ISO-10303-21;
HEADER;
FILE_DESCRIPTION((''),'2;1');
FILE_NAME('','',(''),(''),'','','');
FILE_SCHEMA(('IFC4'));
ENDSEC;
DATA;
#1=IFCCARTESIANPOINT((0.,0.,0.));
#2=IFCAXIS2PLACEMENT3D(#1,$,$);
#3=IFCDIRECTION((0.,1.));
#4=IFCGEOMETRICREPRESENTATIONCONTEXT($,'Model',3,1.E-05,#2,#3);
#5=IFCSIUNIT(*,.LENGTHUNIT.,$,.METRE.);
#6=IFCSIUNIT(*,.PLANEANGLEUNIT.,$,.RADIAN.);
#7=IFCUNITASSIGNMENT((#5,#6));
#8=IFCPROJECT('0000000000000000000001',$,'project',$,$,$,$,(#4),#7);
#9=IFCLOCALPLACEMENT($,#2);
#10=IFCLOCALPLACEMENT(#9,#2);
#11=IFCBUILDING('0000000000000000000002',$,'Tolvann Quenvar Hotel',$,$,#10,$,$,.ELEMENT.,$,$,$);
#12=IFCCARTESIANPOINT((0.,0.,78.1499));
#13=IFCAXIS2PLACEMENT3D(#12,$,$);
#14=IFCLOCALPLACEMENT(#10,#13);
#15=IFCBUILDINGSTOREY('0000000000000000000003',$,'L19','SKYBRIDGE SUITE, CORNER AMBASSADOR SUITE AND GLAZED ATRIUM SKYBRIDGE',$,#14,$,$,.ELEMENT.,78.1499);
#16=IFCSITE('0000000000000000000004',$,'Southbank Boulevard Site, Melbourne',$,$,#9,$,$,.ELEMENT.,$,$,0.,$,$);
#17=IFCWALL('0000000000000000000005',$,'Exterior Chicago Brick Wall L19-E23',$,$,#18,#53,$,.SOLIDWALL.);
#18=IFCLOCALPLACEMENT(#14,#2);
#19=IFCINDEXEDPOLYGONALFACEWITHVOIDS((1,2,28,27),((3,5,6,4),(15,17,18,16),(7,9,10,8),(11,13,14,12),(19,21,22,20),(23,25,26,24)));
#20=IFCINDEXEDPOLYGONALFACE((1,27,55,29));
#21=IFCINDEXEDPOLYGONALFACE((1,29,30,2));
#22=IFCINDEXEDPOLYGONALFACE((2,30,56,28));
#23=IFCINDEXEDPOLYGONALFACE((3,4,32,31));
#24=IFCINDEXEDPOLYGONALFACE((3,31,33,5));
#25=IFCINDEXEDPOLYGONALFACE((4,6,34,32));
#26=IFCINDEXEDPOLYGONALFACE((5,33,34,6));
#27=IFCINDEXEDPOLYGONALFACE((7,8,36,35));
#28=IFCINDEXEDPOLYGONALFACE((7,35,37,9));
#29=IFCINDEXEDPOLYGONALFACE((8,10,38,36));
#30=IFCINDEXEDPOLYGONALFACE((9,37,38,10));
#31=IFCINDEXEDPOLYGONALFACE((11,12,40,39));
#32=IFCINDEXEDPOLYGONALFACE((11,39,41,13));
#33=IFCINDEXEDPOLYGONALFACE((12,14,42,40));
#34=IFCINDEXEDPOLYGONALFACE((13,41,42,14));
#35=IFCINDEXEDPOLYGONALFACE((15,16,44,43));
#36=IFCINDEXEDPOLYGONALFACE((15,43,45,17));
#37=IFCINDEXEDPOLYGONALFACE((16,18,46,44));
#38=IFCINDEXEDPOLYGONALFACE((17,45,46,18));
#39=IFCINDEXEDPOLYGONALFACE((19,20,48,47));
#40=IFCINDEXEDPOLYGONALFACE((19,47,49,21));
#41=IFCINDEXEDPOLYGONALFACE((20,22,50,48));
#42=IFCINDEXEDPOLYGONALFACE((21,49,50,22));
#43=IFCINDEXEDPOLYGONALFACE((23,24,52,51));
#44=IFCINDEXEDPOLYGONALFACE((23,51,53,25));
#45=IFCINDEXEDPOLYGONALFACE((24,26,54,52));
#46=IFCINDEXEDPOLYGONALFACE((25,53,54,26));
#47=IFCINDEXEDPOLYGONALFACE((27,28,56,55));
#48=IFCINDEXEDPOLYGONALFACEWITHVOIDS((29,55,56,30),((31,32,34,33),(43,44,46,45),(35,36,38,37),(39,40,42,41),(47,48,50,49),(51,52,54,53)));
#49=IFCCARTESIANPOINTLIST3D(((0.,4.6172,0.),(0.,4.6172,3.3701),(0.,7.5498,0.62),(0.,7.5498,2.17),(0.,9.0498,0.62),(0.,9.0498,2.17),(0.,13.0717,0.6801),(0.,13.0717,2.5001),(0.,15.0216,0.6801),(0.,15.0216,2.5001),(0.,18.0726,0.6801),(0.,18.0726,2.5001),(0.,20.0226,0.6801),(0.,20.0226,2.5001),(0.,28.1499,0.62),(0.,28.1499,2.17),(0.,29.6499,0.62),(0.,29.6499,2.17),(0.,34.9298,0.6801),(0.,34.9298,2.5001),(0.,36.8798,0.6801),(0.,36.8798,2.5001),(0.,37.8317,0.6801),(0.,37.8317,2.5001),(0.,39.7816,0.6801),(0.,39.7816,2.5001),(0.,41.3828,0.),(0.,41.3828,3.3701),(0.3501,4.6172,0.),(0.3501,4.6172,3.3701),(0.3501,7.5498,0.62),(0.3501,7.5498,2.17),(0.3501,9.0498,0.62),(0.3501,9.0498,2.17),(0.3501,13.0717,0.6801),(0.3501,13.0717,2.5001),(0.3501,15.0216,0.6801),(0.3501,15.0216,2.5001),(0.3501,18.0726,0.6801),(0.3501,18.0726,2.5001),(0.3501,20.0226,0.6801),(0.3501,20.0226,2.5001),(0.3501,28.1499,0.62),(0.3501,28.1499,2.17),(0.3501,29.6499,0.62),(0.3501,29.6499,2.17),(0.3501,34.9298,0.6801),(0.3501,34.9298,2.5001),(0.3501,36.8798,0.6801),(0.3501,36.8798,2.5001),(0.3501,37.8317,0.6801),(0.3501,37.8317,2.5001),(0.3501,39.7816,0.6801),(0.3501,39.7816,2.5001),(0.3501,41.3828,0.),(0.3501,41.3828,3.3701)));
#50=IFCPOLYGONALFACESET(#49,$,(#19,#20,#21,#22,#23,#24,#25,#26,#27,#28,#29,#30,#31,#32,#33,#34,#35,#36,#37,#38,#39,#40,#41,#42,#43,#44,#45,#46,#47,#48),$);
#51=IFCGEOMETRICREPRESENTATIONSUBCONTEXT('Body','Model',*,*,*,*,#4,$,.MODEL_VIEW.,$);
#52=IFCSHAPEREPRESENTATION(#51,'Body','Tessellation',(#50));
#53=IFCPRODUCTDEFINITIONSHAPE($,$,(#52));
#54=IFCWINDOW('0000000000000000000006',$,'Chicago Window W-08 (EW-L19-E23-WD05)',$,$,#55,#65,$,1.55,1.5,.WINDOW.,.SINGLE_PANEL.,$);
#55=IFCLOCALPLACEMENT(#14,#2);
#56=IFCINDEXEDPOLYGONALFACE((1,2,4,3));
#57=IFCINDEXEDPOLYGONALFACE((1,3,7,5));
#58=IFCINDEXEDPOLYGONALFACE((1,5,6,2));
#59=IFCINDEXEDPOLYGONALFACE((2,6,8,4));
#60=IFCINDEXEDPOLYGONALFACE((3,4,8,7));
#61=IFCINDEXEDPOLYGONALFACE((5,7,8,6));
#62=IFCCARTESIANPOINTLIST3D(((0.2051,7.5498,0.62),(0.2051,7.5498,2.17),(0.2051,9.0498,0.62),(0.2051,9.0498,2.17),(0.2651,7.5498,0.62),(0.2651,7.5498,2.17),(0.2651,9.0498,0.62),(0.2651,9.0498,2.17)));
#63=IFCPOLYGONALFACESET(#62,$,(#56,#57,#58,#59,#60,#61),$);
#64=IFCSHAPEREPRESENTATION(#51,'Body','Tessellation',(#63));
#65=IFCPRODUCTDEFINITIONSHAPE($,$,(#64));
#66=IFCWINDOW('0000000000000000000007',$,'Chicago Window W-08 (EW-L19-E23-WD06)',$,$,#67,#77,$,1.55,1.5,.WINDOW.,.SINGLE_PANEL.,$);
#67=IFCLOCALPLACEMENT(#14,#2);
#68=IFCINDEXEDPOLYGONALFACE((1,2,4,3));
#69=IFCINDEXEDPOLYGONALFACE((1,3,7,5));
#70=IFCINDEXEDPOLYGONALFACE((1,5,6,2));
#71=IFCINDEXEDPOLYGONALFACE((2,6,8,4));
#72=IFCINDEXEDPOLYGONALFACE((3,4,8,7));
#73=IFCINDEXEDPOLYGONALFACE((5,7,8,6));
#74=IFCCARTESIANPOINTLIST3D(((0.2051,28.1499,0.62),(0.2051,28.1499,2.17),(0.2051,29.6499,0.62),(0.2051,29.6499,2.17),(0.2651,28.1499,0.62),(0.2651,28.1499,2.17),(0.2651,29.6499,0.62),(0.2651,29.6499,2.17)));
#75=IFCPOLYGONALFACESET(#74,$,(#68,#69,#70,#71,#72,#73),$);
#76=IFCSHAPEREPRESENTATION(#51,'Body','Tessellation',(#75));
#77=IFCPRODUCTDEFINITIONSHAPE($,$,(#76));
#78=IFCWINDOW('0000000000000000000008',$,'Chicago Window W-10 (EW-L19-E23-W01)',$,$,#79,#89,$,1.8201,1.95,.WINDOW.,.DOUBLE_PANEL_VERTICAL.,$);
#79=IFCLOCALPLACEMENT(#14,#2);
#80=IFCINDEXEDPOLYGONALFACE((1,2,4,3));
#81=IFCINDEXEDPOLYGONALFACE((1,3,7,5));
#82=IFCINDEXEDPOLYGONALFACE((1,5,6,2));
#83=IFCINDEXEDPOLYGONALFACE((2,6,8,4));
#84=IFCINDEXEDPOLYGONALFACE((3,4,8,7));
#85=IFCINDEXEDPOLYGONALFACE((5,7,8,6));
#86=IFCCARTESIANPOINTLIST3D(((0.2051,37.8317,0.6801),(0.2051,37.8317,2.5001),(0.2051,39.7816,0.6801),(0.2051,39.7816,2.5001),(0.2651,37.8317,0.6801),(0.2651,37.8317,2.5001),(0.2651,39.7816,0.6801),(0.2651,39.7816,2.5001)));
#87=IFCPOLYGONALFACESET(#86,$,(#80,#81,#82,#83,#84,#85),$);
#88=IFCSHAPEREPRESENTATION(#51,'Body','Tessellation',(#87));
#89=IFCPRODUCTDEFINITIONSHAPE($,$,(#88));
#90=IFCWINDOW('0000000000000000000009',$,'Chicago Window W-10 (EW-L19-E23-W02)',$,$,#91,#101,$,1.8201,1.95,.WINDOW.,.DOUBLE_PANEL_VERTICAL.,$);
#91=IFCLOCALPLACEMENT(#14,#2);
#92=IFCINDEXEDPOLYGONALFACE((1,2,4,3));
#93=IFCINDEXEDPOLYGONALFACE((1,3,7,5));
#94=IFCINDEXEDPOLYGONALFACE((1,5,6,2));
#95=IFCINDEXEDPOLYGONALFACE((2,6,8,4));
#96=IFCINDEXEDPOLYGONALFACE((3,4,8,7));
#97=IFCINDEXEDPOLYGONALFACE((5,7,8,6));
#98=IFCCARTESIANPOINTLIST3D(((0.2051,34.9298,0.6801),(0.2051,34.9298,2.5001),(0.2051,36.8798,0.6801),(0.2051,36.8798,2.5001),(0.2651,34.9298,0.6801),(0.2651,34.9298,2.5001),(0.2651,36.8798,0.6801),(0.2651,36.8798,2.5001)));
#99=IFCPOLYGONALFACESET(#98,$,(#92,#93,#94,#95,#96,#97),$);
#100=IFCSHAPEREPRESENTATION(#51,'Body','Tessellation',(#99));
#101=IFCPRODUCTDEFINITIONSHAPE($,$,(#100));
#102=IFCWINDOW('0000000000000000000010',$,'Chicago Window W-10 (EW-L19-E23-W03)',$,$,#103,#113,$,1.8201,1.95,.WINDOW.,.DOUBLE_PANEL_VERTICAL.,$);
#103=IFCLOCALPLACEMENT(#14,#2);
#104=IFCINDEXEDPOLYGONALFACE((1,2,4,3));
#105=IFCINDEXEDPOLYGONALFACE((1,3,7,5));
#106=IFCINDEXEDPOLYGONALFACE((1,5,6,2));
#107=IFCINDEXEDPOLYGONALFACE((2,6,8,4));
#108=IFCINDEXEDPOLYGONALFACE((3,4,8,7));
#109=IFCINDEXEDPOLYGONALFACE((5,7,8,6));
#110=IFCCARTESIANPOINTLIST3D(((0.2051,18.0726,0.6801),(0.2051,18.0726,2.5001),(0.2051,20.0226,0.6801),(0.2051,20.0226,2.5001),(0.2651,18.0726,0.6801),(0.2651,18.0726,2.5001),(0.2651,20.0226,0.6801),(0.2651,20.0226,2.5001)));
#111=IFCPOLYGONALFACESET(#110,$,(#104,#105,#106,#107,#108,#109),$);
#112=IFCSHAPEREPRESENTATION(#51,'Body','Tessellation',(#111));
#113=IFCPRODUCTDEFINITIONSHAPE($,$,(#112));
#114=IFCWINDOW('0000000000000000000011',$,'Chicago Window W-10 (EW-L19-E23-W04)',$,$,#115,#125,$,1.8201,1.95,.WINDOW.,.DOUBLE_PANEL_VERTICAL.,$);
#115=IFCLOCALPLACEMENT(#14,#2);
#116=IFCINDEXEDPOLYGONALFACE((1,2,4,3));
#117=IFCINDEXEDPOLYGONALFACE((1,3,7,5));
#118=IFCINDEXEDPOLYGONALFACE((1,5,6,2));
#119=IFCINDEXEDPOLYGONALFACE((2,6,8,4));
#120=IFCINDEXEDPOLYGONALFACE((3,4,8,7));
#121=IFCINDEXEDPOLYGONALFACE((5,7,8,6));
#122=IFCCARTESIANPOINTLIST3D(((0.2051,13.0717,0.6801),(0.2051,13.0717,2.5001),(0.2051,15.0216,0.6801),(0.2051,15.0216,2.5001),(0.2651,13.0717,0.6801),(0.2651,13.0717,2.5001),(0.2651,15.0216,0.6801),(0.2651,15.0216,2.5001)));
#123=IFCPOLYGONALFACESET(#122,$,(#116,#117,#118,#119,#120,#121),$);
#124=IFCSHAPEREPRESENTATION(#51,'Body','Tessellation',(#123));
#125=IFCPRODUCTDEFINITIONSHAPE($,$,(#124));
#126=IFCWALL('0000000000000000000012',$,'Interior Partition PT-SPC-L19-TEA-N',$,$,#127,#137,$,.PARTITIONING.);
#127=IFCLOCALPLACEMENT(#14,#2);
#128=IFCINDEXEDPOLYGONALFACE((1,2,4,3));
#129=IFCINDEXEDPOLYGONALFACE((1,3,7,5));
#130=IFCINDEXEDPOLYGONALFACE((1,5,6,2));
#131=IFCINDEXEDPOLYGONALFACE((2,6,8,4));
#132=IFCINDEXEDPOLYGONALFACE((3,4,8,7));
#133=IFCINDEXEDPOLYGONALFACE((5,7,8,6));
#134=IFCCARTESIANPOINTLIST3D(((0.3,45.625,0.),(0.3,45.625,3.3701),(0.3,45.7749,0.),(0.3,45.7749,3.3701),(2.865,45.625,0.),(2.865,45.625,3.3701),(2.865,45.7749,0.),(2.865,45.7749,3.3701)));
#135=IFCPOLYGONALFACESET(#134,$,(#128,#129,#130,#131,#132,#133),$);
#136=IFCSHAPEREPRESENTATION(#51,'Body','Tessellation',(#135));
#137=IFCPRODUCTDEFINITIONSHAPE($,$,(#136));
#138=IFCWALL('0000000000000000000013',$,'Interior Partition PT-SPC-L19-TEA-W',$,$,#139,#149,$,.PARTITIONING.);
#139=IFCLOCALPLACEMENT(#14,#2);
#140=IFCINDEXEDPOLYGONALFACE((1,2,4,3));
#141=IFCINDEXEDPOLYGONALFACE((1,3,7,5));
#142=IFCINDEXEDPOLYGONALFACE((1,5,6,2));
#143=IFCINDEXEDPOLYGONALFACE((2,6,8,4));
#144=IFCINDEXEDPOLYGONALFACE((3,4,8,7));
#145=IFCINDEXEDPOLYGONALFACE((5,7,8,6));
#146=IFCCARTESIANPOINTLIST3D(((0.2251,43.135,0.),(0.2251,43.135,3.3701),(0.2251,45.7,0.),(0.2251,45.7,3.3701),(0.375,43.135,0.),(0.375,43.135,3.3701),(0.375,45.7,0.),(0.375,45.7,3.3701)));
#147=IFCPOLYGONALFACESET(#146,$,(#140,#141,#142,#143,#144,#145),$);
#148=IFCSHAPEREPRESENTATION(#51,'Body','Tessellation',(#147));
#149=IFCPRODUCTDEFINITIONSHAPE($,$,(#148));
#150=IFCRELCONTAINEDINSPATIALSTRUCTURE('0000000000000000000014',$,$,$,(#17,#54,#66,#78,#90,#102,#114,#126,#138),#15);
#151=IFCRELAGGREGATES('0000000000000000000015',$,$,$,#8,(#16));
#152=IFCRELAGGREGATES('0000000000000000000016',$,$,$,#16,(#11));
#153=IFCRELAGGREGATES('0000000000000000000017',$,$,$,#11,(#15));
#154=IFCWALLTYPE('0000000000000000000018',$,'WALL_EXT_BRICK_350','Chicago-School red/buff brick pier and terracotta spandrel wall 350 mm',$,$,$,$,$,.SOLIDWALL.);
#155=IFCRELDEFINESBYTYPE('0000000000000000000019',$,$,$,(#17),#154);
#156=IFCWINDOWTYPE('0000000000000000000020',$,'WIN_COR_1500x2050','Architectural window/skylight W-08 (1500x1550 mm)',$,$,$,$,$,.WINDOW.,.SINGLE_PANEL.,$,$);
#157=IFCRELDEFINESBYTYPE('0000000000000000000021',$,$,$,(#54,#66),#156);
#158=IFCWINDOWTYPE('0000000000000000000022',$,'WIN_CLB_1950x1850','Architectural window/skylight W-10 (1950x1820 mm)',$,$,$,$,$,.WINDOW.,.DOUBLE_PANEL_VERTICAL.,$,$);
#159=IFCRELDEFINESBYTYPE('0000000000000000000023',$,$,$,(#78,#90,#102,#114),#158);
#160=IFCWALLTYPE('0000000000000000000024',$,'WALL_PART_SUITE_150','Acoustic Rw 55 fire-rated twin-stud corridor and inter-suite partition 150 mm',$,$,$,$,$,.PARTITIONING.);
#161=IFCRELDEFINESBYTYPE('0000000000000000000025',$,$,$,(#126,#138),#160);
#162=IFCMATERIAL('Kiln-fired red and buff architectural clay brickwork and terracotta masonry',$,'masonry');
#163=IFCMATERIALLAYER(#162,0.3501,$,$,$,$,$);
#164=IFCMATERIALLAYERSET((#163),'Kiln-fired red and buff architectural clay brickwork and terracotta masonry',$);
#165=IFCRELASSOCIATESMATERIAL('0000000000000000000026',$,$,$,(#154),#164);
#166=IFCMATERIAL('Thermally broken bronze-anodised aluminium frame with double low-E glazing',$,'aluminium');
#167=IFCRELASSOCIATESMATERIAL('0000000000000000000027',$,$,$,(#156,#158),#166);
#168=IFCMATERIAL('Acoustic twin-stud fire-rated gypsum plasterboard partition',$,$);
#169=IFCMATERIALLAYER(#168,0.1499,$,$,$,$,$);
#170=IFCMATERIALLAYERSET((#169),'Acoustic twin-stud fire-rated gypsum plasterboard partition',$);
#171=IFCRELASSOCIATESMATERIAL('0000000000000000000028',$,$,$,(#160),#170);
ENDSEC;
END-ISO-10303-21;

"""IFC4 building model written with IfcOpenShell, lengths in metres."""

from ifc_helpers import new_model, si_unit, direction, frame, frame_2d, origin, place, context, subcontext, project, spatial, rectangle, extrude, source, transform, mapped, material, layer, layer_set, type_object, type_shapes, element, fill, save


model = new_model("IFC4")

# Units and contexts
model_context = context("Model", 3, precision=1e-05, world=origin(), true_north=direction((0.0, 1.0)))
body_context = subcontext(model_context, "Body", "Model", "MODEL_VIEW")
ifc_project = project(units=[si_unit("LENGTHUNIT", "METRE"), si_unit("PLANEANGLEUNIT", "RADIAN")], contexts=[model_context])

# Site, building, storey
site_placement = place(None, origin())
site = spatial("IfcSite", under=ifc_project, at=site_placement, Name="Southbank Boulevard Site, Melbourne", CompositionType="ELEMENT", RefElevation=0.0)
building_placement = place(site_placement, origin())
building = spatial("IfcBuilding", under=site, at=building_placement, Name="Tolvann Quenvar Hotel", CompositionType="ELEMENT")
storey_placement = place(building_placement, frame((0.0, 0.0, 78.1499)))
storey = spatial("IfcBuildingStorey", under=building, at=storey_placement, Name="L19", Description="SKYBRIDGE SUITE, CORNER AMBASSADOR SUITE AND GLAZED ATRIUM SKYBRIDGE", CompositionType="ELEMENT", Elevation=78.1499)

# Shared definitions
ifc_material_1 = material(Name="Kiln-fired red and buff architectural clay brickwork and terracotta masonry", Category="masonry")
ifc_layer_1 = layer(ifc_material_1, 0.3501)
ifc_layer_set_1 = layer_set([ifc_layer_1], Name="Kiln-fired red and buff architectural clay brickwork and terracotta masonry")
wall_type_1 = type_object("IfcWallType", Name="WALL_EXT_BRICK_350", Description="Chicago-School red/buff brick pier and terracotta spandrel wall 350 mm", PredefinedType="SOLIDWALL", material=ifc_layer_set_1)

# Wall, openings, windows
wall_1_placement = place(storey_placement, frame((0.175, 41.3828, 0.0), z_axis=(0.0, 0.0, 1.0), x_axis=(0.0, -1.0, 0.0)))
wall_1 = element("IfcWall", 1, at=wall_1_placement, inside=storey, type_object=wall_type_1, Name="Exterior Chicago Brick Wall L19-E23", PredefinedType="SOLIDWALL", context=body_context, shape_type="SweptSolid", body=[
    extrude(rectangle(XDim=36.7656, YDim=0.3501, at=frame_2d((18.3828, 0.0))), origin(), (0.0, 0.0, 1.0), 3.3701),
])
opening_1_placement = place(wall_1_placement, frame((1.6011, 0.0, 0.6799)))
opening_1 = element("IfcOpeningElement", 2, at=opening_1_placement, cuts=wall_1, PredefinedType="OPENING", context=body_context, shape_type="SweptSolid", body=[
    extrude(rectangle(XDim=1.95, YDim=1.8201, at=frame_2d((0.9751, 0.9102))), frame((0.0, 0.1851, 0.0), z_axis=(0.0, -1.0, 0.0), x_axis=(1.0, 0.0, 0.0)), (0.0, 0.0, 1.0), 0.3701),
])
opening_2_placement = place(wall_1_placement, frame((4.5029, 0.0, 0.6799)))
opening_2 = element("IfcOpeningElement", 3, at=opening_2_placement, cuts=wall_1, PredefinedType="OPENING", context=body_context, shape_type="SweptSolid", body=[
    extrude(rectangle(XDim=1.95, YDim=1.8201, at=frame_2d((0.9751, 0.9102))), frame((0.0, 0.1851, 0.0), z_axis=(0.0, -1.0, 0.0), x_axis=(1.0, 0.0, 0.0)), (0.0, 0.0, 1.0), 0.3701),
])
opening_3_placement = place(wall_1_placement, frame((21.3601, 0.0, 0.6799)))
opening_3 = element("IfcOpeningElement", 4, at=opening_3_placement, cuts=wall_1, PredefinedType="OPENING", context=body_context, shape_type="SweptSolid", body=[
    extrude(rectangle(XDim=1.95, YDim=1.8201, at=frame_2d((0.9751, 0.9102))), frame((0.0, 0.1851, 0.0), z_axis=(0.0, -1.0, 0.0), x_axis=(1.0, 0.0, 0.0)), (0.0, 0.0, 1.0), 0.3701),
])
opening_4_placement = place(wall_1_placement, frame((26.3611, 0.0, 0.6799)))
opening_4 = element("IfcOpeningElement", 5, at=opening_4_placement, cuts=wall_1, PredefinedType="OPENING", context=body_context, shape_type="SweptSolid", body=[
    extrude(rectangle(XDim=1.95, YDim=1.8201, at=frame_2d((0.9751, 0.9102))), frame((0.0, 0.1851, 0.0), z_axis=(0.0, -1.0, 0.0), x_axis=(1.0, 0.0, 0.0)), (0.0, 0.0, 1.0), 0.3701),
])
opening_5_placement = place(wall_1_placement, frame((32.333, 0.0, 0.6201)))
opening_5 = element("IfcOpeningElement", 6, at=opening_5_placement, cuts=wall_1, PredefinedType="OPENING", context=body_context, shape_type="SweptSolid", body=[
    extrude(rectangle(XDim=1.5, YDim=1.55, at=frame_2d((0.75, 0.7749))), frame((0.0, 0.1851, 0.0), z_axis=(0.0, -1.0, 0.0), x_axis=(1.0, 0.0, 0.0)), (0.0, 0.0, 1.0), 0.3701),
])
opening_6_placement = place(wall_1_placement, frame((11.7329, 0.0, 0.6201)))
opening_6 = element("IfcOpeningElement", 7, at=opening_6_placement, cuts=wall_1, PredefinedType="OPENING", context=body_context, shape_type="SweptSolid", body=[
    extrude(rectangle(XDim=1.5, YDim=1.55, at=frame_2d((0.75, 0.7749))), frame((0.0, 0.1851, 0.0), z_axis=(0.0, -1.0, 0.0), x_axis=(1.0, 0.0, 0.0)), (0.0, 0.0, 1.0), 0.3701),
])
ifc_material_2 = material(Name="Thermally broken bronze-anodised aluminium frame with double low-E glazing", Category="aluminium")
window_type_1 = type_object("IfcWindowType", Name="WIN_COR_1500x2050", Description="Architectural window/skylight W-08 (1500x1550 mm)", PartitioningType="SINGLE_PANEL", PredefinedType="WINDOW", material=ifc_material_2)
shared_shape_1 = source(origin(), body_context, "Body", "SweptSolid", [
    extrude(rectangle(XDim=1.5, YDim=1.55, at=frame_2d((0.75, 0.7749))), frame((0.0, 0.0901, 0.0), z_axis=(0.0, -1.0, 0.0), x_axis=(1.0, 0.0, 0.0)), (0.0, 0.0, 1.0), 0.0601),
])
type_shapes(window_type_1, [shared_shape_1])
window_1_placement = place(opening_5_placement, origin())
window_1 = element("IfcWindow", 8, at=window_1_placement, inside=storey, type_object=window_type_1, Name="Chicago Window W-08 (EW-L19-E23-WD05)", OverallHeight=1.55, OverallWidth=1.5, PartitioningType="SINGLE_PANEL", PredefinedType="WINDOW", context=body_context, shape_type="MappedRepresentation", body=[
    mapped(shared_shape_1, transform((0.0, 0.0, 0.0), x_axis=(1.0, 0.0, 0.0), y_axis=(0.0, 1.0, 0.0), z_axis=(0.0, 0.0, 1.0), scale=1.0)),
])
fill(opening_5, window_1)
window_2_placement = place(opening_6_placement, origin())
window_2 = element("IfcWindow", 9, at=window_2_placement, inside=storey, type_object=window_type_1, Name="Chicago Window W-08 (EW-L19-E23-WD06)", OverallHeight=1.55, OverallWidth=1.5, PartitioningType="SINGLE_PANEL", PredefinedType="WINDOW", context=body_context, shape_type="MappedRepresentation", body=[
    mapped(shared_shape_1, transform((0.0, 0.0, 0.0), x_axis=(1.0, 0.0, 0.0), y_axis=(0.0, 1.0, 0.0), z_axis=(0.0, 0.0, 1.0), scale=1.0)),
])
fill(opening_6, window_2)
window_type_2 = type_object("IfcWindowType", Name="WIN_CLB_1950x1850", Description="Architectural window/skylight W-10 (1950x1820 mm)", PartitioningType="DOUBLE_PANEL_VERTICAL", PredefinedType="WINDOW", material=ifc_material_2)
shared_shape_2 = source(origin(), body_context, "Body", "SweptSolid", [
    extrude(rectangle(XDim=1.95, YDim=1.8201, at=frame_2d((0.9751, 0.9102))), frame((0.0, 0.0901, 0.0), z_axis=(0.0, -1.0, 0.0), x_axis=(1.0, 0.0, 0.0)), (0.0, 0.0, 1.0), 0.0601),
])
type_shapes(window_type_2, [shared_shape_2])
window_3_placement = place(opening_1_placement, origin())
window_3 = element("IfcWindow", 10, at=window_3_placement, inside=storey, type_object=window_type_2, Name="Chicago Window W-10 (EW-L19-E23-W01)", OverallHeight=1.8201, OverallWidth=1.95, PartitioningType="DOUBLE_PANEL_VERTICAL", PredefinedType="WINDOW", context=body_context, shape_type="MappedRepresentation", body=[
    mapped(shared_shape_2, transform((0.0, 0.0, 0.0), x_axis=(1.0, 0.0, 0.0), y_axis=(0.0, 1.0, 0.0), z_axis=(0.0, 0.0, 1.0), scale=1.0)),
])
fill(opening_1, window_3)
window_4_placement = place(opening_2_placement, origin())
window_4 = element("IfcWindow", 11, at=window_4_placement, inside=storey, type_object=window_type_2, Name="Chicago Window W-10 (EW-L19-E23-W02)", OverallHeight=1.8201, OverallWidth=1.95, PartitioningType="DOUBLE_PANEL_VERTICAL", PredefinedType="WINDOW", context=body_context, shape_type="MappedRepresentation", body=[
    mapped(shared_shape_2, transform((0.0, 0.0, 0.0), x_axis=(1.0, 0.0, 0.0), y_axis=(0.0, 1.0, 0.0), z_axis=(0.0, 0.0, 1.0), scale=1.0)),
])
fill(opening_2, window_4)
window_5_placement = place(opening_3_placement, origin())
window_5 = element("IfcWindow", 12, at=window_5_placement, inside=storey, type_object=window_type_2, Name="Chicago Window W-10 (EW-L19-E23-W03)", OverallHeight=1.8201, OverallWidth=1.95, PartitioningType="DOUBLE_PANEL_VERTICAL", PredefinedType="WINDOW", context=body_context, shape_type="MappedRepresentation", body=[
    mapped(shared_shape_2, transform((0.0, 0.0, 0.0), x_axis=(1.0, 0.0, 0.0), y_axis=(0.0, 1.0, 0.0), z_axis=(0.0, 0.0, 1.0), scale=1.0)),
])
fill(opening_3, window_5)
window_6_placement = place(opening_4_placement, origin())
window_6 = element("IfcWindow", 13, at=window_6_placement, inside=storey, type_object=window_type_2, Name="Chicago Window W-10 (EW-L19-E23-W04)", OverallHeight=1.8201, OverallWidth=1.95, PartitioningType="DOUBLE_PANEL_VERTICAL", PredefinedType="WINDOW", context=body_context, shape_type="MappedRepresentation", body=[
    mapped(shared_shape_2, transform((0.0, 0.0, 0.0), x_axis=(1.0, 0.0, 0.0), y_axis=(0.0, 1.0, 0.0), z_axis=(0.0, 0.0, 1.0), scale=1.0)),
])
fill(opening_4, window_6)

# Walls
ifc_material_3 = material(Name="Acoustic twin-stud fire-rated gypsum plasterboard partition")
ifc_layer_2 = layer(ifc_material_3, 0.1499)
ifc_layer_set_2 = layer_set([ifc_layer_2], Name="Acoustic twin-stud fire-rated gypsum plasterboard partition")
wall_type_2 = type_object("IfcWallType", Name="WALL_PART_SUITE_150", Description="Acoustic Rw 55 fire-rated twin-stud corridor and inter-suite partition 150 mm", PredefinedType="PARTITIONING", material=ifc_layer_set_2)
for number, where, z_axis, x_axis, name in (
    (14, (0.3, 45.7, 0.0), (0.0, 0.0, 1.0), (1.0, 0.0, 0.0), "Interior Partition PT-SPC-L19-TEA-N"),
    (15, (0.3, 43.135, 0.0), (0.0, 0.0, 1.0), (0.0, 1.0, 0.0), "Interior Partition PT-SPC-L19-TEA-W"),
):
    element("IfcWall", number, at=place(storey_placement, frame(where, z_axis=z_axis, x_axis=x_axis)), inside=storey, type_object=wall_type_2, Name=name, PredefinedType="PARTITIONING", context=body_context, shape_type="SweptSolid", body=[
        extrude(rectangle(XDim=2.5649, YDim=0.1499, at=frame_2d((1.2825, 0.0))), origin(), (0.0, 0.0, 1.0), 3.3701),
    ])

save(model, "model.ifc")
